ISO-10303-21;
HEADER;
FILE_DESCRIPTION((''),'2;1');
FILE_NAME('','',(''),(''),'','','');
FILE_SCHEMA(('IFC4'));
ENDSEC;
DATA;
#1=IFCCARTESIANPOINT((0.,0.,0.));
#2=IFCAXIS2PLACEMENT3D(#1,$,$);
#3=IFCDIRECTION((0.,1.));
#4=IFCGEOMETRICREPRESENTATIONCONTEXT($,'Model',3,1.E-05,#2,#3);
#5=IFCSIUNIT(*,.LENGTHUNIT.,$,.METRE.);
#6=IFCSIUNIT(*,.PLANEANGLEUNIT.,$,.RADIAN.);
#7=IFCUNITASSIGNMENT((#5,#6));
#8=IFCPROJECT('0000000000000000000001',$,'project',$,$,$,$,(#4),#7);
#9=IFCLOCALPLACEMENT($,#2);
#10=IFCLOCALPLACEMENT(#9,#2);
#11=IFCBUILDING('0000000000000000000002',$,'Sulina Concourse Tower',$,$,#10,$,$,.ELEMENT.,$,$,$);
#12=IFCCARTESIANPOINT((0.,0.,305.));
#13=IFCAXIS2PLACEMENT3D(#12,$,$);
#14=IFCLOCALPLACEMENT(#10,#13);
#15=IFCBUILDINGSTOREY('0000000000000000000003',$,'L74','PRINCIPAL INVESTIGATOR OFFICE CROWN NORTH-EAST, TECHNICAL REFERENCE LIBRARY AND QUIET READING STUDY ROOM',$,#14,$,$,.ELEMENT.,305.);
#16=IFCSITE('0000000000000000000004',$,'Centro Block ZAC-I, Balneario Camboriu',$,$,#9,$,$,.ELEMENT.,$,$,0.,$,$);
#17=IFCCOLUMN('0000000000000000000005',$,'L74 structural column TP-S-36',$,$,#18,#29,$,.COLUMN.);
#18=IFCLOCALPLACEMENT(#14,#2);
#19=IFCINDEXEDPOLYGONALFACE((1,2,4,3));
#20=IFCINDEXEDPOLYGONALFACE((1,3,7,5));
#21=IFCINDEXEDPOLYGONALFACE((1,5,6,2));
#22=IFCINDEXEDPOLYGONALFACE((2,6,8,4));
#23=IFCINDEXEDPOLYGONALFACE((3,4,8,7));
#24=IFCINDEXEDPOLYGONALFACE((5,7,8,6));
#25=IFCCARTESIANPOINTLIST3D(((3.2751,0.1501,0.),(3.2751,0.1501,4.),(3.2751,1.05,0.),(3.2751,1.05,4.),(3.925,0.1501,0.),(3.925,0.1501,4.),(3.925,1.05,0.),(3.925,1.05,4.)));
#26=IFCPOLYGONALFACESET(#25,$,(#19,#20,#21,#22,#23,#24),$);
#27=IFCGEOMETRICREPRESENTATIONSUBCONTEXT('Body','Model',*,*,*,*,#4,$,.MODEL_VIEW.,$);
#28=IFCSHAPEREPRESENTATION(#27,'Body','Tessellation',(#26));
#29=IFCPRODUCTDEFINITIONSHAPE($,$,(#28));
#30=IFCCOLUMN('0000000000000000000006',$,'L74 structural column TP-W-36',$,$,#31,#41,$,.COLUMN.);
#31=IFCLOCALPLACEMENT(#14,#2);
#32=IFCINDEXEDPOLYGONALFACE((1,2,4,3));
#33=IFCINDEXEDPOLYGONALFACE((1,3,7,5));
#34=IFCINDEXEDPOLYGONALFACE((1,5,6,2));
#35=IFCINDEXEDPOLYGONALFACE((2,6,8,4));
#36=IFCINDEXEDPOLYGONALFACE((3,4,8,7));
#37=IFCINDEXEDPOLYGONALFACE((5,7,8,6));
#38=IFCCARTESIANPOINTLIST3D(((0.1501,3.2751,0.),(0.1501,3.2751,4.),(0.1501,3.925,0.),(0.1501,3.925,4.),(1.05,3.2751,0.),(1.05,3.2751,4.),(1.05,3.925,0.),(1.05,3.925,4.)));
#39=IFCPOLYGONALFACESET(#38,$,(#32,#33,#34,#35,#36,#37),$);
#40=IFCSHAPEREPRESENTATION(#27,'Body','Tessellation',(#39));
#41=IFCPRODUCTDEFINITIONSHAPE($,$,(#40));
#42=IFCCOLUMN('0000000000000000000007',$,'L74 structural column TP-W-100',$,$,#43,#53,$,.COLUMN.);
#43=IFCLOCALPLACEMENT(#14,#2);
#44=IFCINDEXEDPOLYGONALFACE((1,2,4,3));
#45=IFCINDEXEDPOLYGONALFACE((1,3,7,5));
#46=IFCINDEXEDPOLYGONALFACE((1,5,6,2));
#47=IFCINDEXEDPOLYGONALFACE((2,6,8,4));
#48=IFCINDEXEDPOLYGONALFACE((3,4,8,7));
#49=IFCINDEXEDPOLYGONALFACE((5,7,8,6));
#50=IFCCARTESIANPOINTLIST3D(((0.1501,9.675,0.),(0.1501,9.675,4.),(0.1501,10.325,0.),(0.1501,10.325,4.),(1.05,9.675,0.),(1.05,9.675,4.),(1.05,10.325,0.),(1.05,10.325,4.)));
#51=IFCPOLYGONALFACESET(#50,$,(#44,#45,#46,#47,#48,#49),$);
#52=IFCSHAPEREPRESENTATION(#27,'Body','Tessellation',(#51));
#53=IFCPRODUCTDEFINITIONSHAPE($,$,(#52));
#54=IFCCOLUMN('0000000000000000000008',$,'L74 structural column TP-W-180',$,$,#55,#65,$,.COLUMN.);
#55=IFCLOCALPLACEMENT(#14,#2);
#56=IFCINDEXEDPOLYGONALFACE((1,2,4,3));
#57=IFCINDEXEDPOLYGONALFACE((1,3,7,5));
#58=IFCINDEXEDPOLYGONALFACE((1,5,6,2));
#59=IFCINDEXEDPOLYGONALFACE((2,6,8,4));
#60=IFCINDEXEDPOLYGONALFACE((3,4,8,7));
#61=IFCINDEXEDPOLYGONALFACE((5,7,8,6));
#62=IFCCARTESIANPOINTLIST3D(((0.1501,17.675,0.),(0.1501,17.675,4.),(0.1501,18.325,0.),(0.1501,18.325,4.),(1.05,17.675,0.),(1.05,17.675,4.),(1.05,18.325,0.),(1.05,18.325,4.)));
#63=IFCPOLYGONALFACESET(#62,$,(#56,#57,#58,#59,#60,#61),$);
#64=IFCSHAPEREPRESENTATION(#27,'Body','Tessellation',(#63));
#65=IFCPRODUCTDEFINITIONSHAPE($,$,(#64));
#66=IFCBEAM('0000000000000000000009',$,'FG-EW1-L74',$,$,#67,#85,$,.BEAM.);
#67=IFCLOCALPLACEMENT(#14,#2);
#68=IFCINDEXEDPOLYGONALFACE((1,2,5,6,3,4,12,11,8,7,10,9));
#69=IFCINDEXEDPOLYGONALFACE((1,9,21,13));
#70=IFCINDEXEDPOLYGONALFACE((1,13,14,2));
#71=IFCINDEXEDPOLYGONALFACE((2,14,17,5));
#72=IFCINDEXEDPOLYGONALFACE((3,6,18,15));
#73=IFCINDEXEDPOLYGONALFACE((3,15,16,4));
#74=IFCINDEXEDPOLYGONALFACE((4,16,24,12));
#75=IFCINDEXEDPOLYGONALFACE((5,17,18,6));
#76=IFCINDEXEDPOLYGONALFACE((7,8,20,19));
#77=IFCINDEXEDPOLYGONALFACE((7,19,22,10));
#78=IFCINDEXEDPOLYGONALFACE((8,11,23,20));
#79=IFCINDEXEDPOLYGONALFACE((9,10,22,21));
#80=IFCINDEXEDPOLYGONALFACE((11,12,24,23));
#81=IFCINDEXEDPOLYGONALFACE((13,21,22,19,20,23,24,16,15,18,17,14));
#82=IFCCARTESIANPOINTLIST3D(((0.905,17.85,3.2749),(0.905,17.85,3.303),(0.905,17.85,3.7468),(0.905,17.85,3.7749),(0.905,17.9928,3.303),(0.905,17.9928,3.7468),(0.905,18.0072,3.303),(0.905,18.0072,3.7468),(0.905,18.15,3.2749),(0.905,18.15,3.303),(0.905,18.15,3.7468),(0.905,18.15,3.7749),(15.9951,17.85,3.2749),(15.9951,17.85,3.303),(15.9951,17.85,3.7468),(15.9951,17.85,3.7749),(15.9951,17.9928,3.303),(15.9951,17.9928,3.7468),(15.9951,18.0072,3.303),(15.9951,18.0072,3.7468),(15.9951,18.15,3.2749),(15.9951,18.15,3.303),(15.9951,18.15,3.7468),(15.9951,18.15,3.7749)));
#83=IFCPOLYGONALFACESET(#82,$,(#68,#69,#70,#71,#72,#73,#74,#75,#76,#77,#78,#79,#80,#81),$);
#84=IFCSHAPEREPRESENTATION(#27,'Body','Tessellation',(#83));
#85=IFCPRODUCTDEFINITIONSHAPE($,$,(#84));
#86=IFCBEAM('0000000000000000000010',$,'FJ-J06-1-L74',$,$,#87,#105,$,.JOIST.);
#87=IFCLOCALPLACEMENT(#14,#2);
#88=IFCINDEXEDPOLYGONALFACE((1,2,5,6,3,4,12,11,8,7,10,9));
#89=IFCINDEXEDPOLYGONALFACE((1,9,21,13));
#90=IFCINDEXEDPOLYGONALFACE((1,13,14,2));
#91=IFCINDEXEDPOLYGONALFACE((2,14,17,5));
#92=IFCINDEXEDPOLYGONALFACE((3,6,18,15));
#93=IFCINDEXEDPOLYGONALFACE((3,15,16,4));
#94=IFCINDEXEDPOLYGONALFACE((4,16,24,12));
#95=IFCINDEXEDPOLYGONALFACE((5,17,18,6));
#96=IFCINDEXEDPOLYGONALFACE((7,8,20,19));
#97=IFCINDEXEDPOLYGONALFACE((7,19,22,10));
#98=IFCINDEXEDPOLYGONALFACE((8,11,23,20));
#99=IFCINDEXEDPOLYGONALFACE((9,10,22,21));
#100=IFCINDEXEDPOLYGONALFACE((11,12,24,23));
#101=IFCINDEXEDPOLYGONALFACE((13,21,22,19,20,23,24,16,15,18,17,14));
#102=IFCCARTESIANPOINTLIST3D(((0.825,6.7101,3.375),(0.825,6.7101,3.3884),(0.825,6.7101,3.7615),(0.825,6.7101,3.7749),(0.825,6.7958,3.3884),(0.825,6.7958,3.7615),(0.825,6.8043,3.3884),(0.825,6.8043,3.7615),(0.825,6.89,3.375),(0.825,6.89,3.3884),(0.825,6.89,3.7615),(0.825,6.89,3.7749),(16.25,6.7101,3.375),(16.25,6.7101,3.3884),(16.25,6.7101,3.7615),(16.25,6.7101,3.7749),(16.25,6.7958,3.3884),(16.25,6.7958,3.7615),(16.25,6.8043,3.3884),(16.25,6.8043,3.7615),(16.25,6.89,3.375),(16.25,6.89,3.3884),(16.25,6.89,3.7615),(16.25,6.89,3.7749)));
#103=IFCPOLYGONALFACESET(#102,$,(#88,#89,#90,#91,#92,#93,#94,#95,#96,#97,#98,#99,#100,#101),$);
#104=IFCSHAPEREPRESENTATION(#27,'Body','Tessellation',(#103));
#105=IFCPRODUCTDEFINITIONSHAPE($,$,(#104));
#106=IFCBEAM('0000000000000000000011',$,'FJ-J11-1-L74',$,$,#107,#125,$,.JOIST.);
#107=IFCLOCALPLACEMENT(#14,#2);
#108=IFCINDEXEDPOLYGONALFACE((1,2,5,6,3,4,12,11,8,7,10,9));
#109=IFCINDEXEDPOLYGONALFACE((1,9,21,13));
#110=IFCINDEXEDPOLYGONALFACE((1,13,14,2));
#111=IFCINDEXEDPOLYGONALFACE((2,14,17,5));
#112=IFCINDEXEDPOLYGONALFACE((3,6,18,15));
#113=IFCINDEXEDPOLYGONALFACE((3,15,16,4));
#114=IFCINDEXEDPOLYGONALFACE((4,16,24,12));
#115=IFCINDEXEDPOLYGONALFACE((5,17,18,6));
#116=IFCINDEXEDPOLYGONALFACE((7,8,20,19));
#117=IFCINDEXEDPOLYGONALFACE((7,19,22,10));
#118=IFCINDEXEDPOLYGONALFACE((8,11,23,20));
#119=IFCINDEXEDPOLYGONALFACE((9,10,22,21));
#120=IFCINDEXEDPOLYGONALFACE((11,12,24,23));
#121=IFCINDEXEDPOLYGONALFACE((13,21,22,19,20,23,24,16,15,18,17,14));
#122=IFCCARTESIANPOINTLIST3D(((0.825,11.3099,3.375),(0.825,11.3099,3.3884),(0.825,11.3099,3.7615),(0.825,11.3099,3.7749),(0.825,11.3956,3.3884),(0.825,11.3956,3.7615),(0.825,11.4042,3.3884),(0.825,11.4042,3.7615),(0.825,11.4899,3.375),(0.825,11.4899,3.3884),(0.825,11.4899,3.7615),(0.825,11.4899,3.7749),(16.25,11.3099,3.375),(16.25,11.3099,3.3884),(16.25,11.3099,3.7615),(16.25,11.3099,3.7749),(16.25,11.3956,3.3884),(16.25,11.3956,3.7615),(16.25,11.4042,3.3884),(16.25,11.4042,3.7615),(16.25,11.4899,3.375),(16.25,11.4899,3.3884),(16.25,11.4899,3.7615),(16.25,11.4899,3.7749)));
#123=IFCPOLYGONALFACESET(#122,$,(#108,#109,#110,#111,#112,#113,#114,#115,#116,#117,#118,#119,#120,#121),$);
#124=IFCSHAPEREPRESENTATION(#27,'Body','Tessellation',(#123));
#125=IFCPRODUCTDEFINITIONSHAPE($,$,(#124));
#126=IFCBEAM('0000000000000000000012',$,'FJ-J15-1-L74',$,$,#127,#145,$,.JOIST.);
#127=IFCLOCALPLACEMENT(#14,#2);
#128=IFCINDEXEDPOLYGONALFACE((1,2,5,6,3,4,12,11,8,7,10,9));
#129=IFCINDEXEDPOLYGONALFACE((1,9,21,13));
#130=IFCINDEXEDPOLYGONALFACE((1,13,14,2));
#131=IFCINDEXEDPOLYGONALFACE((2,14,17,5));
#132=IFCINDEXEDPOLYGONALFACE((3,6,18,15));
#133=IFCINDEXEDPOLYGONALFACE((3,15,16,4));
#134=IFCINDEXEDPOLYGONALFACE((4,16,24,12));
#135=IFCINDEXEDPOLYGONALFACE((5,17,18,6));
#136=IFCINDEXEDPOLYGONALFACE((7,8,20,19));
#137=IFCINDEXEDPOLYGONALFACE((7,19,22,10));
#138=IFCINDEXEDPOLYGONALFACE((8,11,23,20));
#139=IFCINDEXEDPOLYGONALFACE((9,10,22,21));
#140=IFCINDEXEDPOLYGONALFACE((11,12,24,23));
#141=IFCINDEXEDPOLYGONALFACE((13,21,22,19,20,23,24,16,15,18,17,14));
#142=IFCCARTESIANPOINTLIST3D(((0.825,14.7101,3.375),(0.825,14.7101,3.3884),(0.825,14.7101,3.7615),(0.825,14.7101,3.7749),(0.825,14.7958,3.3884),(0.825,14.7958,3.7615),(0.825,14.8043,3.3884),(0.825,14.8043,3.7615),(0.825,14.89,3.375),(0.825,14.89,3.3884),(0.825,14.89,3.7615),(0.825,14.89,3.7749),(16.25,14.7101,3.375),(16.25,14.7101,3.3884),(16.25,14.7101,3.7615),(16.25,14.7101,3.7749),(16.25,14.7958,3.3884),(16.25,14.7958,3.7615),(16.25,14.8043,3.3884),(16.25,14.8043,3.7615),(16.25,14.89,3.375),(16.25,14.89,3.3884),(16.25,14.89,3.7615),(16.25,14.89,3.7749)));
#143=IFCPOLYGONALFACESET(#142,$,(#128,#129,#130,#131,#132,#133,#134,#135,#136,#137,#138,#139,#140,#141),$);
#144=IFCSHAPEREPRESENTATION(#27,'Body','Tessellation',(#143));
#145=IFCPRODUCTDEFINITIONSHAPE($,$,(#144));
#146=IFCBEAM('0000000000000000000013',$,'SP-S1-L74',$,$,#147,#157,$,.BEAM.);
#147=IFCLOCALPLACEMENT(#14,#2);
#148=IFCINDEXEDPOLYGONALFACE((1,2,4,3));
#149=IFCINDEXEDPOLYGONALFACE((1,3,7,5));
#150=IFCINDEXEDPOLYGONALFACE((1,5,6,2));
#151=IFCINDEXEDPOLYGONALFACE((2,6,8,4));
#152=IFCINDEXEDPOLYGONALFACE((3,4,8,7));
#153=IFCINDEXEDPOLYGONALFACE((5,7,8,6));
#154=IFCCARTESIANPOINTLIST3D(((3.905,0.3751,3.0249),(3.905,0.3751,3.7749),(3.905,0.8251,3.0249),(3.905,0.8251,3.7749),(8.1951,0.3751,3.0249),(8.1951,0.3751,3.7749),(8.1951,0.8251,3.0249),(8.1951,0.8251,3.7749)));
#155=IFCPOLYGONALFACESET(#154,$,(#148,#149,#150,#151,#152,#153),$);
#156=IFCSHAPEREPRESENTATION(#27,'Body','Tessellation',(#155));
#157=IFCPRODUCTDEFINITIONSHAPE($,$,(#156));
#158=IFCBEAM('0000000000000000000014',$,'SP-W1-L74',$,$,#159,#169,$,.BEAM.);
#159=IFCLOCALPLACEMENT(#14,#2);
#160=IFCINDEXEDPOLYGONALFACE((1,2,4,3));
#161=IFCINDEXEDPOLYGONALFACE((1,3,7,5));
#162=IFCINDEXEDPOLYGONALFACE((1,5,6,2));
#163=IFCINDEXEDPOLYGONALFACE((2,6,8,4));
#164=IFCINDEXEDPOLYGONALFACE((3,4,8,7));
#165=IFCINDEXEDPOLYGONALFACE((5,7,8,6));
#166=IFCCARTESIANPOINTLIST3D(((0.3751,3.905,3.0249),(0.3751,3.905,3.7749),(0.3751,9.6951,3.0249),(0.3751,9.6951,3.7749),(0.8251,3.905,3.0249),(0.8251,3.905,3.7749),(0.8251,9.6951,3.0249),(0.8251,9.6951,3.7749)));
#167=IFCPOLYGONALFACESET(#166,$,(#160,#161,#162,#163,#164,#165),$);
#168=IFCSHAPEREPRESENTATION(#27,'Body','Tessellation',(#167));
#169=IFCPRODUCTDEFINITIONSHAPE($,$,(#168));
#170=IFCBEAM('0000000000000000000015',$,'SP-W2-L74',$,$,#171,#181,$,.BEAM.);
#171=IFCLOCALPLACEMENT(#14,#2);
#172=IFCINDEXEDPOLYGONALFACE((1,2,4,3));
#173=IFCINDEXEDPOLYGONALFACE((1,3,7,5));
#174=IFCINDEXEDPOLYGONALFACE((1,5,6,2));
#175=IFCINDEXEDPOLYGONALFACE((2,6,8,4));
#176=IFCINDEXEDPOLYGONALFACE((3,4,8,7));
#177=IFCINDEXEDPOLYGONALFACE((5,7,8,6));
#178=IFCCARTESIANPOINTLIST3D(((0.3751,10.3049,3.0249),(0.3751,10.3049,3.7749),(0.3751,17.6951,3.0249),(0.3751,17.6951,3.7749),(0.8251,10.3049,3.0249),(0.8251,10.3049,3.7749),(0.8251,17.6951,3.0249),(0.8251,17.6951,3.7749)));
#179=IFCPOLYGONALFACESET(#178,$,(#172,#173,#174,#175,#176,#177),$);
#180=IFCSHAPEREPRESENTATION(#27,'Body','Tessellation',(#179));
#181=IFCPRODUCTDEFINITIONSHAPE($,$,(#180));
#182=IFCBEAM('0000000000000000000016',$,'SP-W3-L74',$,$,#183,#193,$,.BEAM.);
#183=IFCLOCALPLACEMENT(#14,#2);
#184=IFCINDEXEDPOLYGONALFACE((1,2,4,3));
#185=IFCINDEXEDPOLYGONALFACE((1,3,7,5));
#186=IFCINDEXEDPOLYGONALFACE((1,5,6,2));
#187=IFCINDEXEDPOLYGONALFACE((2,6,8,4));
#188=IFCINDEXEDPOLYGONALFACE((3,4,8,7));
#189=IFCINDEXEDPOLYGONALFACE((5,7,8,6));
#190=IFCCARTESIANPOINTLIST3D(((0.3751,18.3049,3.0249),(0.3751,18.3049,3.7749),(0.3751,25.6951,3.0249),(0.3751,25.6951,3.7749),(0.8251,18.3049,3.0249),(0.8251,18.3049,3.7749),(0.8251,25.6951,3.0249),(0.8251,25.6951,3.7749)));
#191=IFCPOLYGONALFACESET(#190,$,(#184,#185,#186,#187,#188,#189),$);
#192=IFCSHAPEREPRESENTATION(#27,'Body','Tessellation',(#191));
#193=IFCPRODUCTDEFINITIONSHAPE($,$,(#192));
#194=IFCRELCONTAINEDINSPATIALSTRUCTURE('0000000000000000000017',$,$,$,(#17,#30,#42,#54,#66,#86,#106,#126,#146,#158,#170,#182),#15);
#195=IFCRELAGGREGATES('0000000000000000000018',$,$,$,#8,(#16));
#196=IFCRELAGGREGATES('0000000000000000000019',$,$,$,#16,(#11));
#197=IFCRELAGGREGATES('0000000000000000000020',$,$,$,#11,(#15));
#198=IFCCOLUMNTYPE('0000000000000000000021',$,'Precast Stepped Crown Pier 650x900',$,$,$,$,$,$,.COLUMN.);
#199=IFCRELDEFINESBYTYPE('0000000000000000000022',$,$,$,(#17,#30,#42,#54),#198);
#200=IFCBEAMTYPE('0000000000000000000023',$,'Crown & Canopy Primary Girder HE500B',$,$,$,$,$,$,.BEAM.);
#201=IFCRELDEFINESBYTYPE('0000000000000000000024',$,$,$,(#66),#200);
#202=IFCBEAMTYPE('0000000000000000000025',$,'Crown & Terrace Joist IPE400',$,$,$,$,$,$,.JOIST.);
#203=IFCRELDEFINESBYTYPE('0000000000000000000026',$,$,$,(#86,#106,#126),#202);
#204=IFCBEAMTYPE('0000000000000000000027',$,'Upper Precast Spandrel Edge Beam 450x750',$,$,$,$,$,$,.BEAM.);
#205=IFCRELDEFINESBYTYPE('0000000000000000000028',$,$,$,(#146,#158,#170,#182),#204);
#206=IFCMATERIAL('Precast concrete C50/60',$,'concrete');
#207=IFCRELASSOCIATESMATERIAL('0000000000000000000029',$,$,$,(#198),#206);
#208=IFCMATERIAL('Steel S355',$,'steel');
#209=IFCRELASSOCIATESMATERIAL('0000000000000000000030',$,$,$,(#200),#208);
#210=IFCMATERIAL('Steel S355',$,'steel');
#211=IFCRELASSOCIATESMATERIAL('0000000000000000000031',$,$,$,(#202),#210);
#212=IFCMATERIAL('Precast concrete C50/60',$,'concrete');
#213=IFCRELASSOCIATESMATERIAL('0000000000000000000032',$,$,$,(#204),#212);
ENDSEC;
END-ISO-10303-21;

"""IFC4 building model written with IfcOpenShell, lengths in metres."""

from ifc_helpers import new_model, si_unit, direction, frame, origin, origin_2d, place, context, subcontext, project, spatial, rectangle, i_section, extrude, material, material_profile, profile_set, type_object, element, save


model = new_model("IFC4")

# Units and contexts
model_context = context("Model", 3, precision=1e-05, world=origin(), true_north=direction((0.0, 1.0)))
body_context = subcontext(model_context, "Body", "Model", "MODEL_VIEW")
ifc_project = project(units=[si_unit("LENGTHUNIT", "METRE"), si_unit("PLANEANGLEUNIT", "RADIAN")], contexts=[model_context])

# Site, building, storey
site_placement = place(None, origin())
site = spatial("IfcSite", under=ifc_project, at=site_placement, Name="Centro Block ZAC-I, Balneario Camboriu", CompositionType="ELEMENT", RefElevation=0.0)
building_placement = place(site_placement, origin())
building = spatial("IfcBuilding", under=site, at=building_placement, Name="Sulina Concourse Tower", CompositionType="ELEMENT")
storey_placement = place(building_placement, frame((0.0, 0.0, 305.0)))
storey = spatial("IfcBuildingStorey", under=building, at=storey_placement, Name="L74", Description="PRINCIPAL INVESTIGATOR OFFICE CROWN NORTH-EAST, TECHNICAL REFERENCE LIBRARY AND QUIET READING STUDY ROOM", CompositionType="ELEMENT", Elevation=305.0)

# Columns
ifc_material_1 = material(Name="Precast concrete C50/60", Category="concrete")
ifc_material_profile_1 = material_profile(ifc_material_1, rectangle(XDim=0.6499, YDim=0.8999, at=origin_2d()), Name="PC 650x900")
ifc_profile_set_1 = profile_set([ifc_material_profile_1], Name="Precast concrete C50/60")
column_type = type_object("IfcColumnType", Name="Precast Stepped Crown Pier 650x900", PredefinedType="COLUMN", material=ifc_profile_set_1)
for number, where, z_axis, x_axis, name in (
    (1, (3.6001, 0.6001, 0.0), (0.0, 0.0, 1.0), (1.0, 0.0, 0.0), "L74 structural column TP-S-36"),
    (2, (0.6001, 3.6001, 0.0), (0.0, 0.0, 1.0), (0.0, 1.0, 0.0), "L74 structural column TP-W-36"),
    (3, (0.6001, 10.0, 0.0), (0.0, 0.0, 1.0), (0.0, 1.0, 0.0), "L74 structural column TP-W-100"),
    (4, (0.6001, 18.0, 0.0), (0.0, 0.0, 1.0), (0.0, 1.0, 0.0), "L74 structural column TP-W-180"),
):
    element("IfcColumn", number, at=place(storey_placement, frame(where, z_axis=z_axis, x_axis=x_axis)), inside=storey, type_object=column_type, Name=name, PredefinedType="COLUMN", context=body_context, shape_type="SweptSolid", body=[
        extrude(rectangle(XDim=0.6499, YDim=0.8999, at=origin_2d()), origin(), (0.0, 0.0, 1.0), 4.0),
    ])

# Beams
ifc_material_2 = material(Name="Steel S355", Category="steel")
ifc_material_profile_2 = material_profile(ifc_material_2, i_section(OverallWidth=0.3, OverallDepth=0.5, WebThickness=0.0144, FlangeThickness=0.0281, at=origin_2d()), Name="HE 500 B")
ifc_profile_set_2 = profile_set([ifc_material_profile_2], Name="Steel S355")
beam_type_1 = type_object("IfcBeamType", Name="Crown & Canopy Primary Girder HE500B", PredefinedType="BEAM", material=ifc_profile_set_2)
beam_1_placement = place(storey_placement, frame((0.905, 18.0, 3.5249), z_axis=(1.0, 0.0, 0.0), x_axis=(0.0, 1.0, 0.0)))
element("IfcBeam", 5, at=beam_1_placement, inside=storey, type_object=beam_type_1, Name="FG-EW1-L74", PredefinedType="BEAM", context=body_context, shape_type="SweptSolid", body=[
    extrude(i_section(OverallWidth=0.3, OverallDepth=0.5, WebThickness=0.0144, FlangeThickness=0.0281, at=origin_2d()), origin(), (0.0, 0.0, 1.0), 15.0901),
])
ifc_material_3 = material(Name="Steel S355", Category="steel")
ifc_material_profile_3 = material_profile(ifc_material_3, i_section(OverallWidth=0.1799, OverallDepth=0.3999, WebThickness=0.0085, FlangeThickness=0.0134, at=origin_2d()), Name="IPE 400")
ifc_profile_set_3 = profile_set([ifc_material_profile_3], Name="Steel S355")
beam_type_2 = type_object("IfcBeamType", Name="Crown & Terrace Joist IPE400", PredefinedType="JOIST", material=ifc_profile_set_3)
for number, where, z_axis, x_axis, name in (
    (6, (0.825, 6.8, 3.575), (1.0, 0.0, 0.0), (0.0, 1.0, 0.0), "FJ-J06-1-L74"),
    (7, (0.825, 11.3999, 3.575), (1.0, 0.0, 0.0), (0.0, 1.0, 0.0), "FJ-J11-1-L74"),
    (8, (0.825, 14.8, 3.575), (1.0, 0.0, 0.0), (0.0, 1.0, 0.0), "FJ-J15-1-L74"),
):
    element("IfcBeam", number, at=place(storey_placement, frame(where, z_axis=z_axis, x_axis=x_axis)), inside=storey, type_object=beam_type_2, Name=name, PredefinedType="JOIST", context=body_context, shape_type="SweptSolid", body=[
        extrude(i_section(OverallWidth=0.1799, OverallDepth=0.3999, WebThickness=0.0085, FlangeThickness=0.0134, at=origin_2d()), origin(), (0.0, 0.0, 1.0), 15.425),
    ])
ifc_material_4 = material(Name="Precast concrete C50/60", Category="concrete")
ifc_material_profile_4 = material_profile(ifc_material_4, rectangle(XDim=0.45, YDim=0.75, at=origin_2d()), Name="RC 450x750")
ifc_profile_set_4 = profile_set([ifc_material_profile_4], Name="Precast concrete C50/60")
beam_type_3 = type_object("IfcBeamType", Name="Upper Precast Spandrel Edge Beam 450x750", PredefinedType="BEAM", material=ifc_profile_set_4)
beam_2_placement = place(storey_placement, frame((3.905, 0.6001, 3.3999), z_axis=(1.0, 0.0, 0.0), x_axis=(0.0, 1.0, 0.0)))
element("IfcBeam", 9, at=beam_2_placement, inside=storey, type_object=beam_type_3, Name="SP-S1-L74", PredefinedType="BEAM", context=body_context, shape_type="SweptSolid", body=[
    extrude(rectangle(XDim=0.45, YDim=0.75, at=origin_2d()), origin(), (0.0, 0.0, 1.0), 4.29),
])
beam_3_placement = place(storey_placement, frame((0.6001, 3.905, 3.3999), z_axis=(0.0, 1.0, 0.0), x_axis=(-1.0, 0.0, 0.0)))
element("IfcBeam", 10, at=beam_3_placement, inside=storey, type_object=beam_type_3, Name="SP-W1-L74", PredefinedType="BEAM", context=body_context, shape_type="SweptSolid", body=[
    extrude(rectangle(XDim=0.45, YDim=0.75, at=origin_2d()), origin(), (0.0, 0.0, 1.0), 5.79),
])
for number, where, z_axis, x_axis, name in (
    (11, (0.6001, 10.3049, 3.3999), (0.0, 1.0, 0.0), (-1.0, 0.0, 0.0), "SP-W2-L74"),
    (12, (0.6001, 18.3049, 3.3999), (0.0, 1.0, 0.0), (-1.0, 0.0, 0.0), "SP-W3-L74"),
):
    element("IfcBeam", number, at=place(storey_placement, frame(where, z_axis=z_axis, x_axis=x_axis)), inside=storey, type_object=beam_type_3, Name=name, PredefinedType="BEAM", context=body_context, shape_type="SweptSolid", body=[
        extrude(rectangle(XDim=0.45, YDim=0.75, at=origin_2d()), origin(), (0.0, 0.0, 1.0), 7.3901),
    ])

save(model, "model.ifc")
